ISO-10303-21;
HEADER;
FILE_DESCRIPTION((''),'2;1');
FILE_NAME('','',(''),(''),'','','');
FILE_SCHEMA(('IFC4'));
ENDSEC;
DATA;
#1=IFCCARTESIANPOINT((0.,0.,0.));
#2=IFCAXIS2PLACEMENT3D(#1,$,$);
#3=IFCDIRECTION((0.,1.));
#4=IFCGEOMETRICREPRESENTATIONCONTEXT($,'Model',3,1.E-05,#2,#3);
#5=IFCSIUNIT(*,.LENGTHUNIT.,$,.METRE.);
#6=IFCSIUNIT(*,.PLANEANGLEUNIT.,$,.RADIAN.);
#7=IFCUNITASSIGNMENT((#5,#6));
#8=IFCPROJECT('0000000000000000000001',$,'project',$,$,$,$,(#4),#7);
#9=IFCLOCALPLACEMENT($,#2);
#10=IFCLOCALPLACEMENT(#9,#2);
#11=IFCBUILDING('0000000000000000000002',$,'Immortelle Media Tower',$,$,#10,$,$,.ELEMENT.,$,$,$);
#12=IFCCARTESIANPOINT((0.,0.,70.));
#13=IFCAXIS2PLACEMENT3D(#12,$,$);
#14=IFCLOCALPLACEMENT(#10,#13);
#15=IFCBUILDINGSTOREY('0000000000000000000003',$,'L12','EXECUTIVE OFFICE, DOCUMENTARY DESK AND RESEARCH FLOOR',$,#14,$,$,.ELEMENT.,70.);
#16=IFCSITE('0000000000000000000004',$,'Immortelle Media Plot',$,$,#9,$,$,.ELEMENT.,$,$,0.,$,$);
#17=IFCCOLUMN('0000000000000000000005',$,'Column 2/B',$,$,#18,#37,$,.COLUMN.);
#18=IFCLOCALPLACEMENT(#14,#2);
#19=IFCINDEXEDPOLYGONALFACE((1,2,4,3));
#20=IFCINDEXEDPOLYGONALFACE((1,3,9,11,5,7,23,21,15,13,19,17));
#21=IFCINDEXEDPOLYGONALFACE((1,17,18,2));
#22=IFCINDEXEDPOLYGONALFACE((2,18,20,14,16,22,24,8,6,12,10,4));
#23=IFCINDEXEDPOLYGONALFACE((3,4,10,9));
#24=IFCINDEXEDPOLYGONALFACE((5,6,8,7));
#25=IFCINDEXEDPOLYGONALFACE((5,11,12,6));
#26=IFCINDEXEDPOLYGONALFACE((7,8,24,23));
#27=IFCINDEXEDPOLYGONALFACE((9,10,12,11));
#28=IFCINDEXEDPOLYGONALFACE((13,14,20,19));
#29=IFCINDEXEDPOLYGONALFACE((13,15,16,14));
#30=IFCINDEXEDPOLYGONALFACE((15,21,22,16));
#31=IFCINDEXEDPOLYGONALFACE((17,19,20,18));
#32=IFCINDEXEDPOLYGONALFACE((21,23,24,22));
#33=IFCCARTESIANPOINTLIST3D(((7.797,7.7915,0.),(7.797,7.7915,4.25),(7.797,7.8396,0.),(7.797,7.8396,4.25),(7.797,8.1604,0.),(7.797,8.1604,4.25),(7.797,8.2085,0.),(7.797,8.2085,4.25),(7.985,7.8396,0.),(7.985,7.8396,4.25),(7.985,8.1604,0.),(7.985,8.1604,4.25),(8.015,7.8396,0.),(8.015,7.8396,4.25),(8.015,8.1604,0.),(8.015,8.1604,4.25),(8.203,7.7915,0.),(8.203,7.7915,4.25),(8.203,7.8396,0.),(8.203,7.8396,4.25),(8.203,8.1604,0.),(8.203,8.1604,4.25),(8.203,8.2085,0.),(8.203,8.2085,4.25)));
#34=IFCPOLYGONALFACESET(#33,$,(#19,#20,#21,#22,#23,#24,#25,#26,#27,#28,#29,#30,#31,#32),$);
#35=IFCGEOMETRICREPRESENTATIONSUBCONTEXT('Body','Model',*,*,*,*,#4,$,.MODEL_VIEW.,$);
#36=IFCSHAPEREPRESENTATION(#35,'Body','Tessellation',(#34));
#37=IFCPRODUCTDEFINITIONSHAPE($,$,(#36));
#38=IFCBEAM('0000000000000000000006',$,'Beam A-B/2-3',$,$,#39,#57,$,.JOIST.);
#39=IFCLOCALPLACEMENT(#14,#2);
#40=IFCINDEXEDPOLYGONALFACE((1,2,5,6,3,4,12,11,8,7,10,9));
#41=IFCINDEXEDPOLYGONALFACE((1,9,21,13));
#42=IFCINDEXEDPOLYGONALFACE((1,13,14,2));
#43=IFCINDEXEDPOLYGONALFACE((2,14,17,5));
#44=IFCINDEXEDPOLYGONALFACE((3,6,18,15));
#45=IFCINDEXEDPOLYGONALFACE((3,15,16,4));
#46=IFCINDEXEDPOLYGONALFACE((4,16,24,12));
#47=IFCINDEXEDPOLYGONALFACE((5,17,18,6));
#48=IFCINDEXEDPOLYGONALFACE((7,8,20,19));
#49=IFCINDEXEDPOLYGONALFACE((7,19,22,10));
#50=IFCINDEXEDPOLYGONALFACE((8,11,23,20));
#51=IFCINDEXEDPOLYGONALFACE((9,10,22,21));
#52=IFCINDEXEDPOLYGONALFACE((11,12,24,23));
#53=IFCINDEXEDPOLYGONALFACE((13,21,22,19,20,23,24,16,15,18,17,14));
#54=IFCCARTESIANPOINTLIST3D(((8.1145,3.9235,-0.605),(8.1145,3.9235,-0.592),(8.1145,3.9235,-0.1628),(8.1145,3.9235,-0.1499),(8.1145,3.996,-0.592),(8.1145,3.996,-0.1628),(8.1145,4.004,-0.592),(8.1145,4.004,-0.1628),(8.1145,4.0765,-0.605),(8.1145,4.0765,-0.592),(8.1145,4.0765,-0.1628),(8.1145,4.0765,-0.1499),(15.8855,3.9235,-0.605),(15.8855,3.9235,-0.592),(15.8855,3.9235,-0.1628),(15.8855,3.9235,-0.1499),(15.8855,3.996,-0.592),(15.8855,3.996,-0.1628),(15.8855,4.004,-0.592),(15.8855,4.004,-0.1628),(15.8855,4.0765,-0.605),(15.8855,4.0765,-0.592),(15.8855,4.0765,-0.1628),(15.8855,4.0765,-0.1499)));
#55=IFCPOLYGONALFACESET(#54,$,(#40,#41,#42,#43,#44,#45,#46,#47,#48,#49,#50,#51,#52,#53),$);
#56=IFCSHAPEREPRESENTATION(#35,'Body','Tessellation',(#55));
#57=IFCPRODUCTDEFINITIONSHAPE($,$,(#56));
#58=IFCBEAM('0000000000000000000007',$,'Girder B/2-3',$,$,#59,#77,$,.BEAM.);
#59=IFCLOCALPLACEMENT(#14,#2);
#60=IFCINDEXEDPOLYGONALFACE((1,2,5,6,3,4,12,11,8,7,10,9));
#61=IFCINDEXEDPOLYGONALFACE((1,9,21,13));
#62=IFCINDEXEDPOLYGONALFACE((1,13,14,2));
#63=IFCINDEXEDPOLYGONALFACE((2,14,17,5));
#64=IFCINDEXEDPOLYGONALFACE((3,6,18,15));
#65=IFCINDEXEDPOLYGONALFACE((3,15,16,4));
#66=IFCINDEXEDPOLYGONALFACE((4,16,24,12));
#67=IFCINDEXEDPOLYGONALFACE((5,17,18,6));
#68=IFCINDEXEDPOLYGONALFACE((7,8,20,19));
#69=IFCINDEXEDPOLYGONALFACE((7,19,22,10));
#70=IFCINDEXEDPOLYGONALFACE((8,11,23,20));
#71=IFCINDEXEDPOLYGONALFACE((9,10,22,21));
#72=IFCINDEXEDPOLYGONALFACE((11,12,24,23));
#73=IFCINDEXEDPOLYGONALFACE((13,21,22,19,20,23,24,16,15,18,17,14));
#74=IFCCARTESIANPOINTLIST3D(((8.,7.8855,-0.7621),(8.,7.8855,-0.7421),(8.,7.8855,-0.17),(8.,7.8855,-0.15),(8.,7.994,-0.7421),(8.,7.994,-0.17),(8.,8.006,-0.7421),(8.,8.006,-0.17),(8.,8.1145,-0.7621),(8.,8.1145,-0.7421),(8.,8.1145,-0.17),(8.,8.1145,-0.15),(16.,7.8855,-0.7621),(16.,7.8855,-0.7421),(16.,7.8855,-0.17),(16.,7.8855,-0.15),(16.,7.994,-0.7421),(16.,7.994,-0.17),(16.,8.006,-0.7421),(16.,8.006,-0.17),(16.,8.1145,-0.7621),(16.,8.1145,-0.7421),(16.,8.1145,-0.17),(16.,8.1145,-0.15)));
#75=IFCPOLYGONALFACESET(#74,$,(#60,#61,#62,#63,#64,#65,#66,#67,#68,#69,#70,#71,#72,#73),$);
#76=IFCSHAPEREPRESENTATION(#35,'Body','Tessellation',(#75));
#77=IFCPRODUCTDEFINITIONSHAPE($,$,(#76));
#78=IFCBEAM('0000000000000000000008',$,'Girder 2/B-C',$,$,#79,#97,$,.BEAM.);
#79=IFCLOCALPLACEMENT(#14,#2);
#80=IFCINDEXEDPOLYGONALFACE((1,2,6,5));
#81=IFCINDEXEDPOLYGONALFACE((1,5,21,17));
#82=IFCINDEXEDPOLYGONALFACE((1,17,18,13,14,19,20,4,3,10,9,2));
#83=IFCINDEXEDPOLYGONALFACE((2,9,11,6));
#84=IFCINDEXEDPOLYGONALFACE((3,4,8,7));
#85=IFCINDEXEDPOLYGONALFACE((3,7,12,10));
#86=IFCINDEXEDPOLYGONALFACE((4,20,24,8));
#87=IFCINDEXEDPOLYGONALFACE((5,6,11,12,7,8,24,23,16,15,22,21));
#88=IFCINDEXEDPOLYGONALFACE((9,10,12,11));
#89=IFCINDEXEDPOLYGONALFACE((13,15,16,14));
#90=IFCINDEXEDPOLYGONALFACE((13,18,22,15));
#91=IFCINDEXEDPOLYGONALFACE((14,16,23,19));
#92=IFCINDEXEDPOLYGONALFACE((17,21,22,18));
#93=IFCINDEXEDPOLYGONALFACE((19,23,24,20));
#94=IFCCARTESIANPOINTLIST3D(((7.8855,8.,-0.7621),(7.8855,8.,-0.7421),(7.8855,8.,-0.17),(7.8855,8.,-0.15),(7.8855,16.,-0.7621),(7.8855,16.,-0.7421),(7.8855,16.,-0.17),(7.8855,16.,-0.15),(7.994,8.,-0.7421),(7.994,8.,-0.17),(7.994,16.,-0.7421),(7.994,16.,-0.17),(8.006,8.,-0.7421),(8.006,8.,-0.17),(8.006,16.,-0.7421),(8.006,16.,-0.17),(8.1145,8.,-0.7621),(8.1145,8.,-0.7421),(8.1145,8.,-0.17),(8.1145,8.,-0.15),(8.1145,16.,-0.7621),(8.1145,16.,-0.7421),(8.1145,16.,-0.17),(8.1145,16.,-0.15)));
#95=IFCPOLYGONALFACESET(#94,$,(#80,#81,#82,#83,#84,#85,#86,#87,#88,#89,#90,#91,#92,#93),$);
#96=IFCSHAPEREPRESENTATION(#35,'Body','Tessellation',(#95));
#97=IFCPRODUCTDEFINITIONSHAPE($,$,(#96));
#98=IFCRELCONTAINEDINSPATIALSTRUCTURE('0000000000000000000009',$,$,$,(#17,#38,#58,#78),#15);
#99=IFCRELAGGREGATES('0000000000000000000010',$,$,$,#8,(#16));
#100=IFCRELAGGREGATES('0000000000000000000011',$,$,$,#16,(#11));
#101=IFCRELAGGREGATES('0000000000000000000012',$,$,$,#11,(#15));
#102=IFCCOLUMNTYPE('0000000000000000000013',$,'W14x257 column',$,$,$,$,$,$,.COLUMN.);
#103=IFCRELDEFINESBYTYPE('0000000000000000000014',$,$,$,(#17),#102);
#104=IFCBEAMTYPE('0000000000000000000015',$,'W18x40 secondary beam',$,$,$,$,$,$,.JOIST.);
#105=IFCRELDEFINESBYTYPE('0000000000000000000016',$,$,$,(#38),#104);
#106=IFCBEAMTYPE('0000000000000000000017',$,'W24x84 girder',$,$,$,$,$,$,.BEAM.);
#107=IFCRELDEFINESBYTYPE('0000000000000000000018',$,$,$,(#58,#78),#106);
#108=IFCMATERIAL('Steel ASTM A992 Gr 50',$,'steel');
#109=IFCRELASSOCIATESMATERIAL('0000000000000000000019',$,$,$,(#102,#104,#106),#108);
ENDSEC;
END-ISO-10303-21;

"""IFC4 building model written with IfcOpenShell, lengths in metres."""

from ifc_helpers import new_model, si_unit, direction, frame, origin, origin_2d, place, context, subcontext, project, spatial, i_section, extrude, material, material_profile, profile_set, type_object, element, save


model = new_model("IFC4")

# Units and contexts
model_context = context("Model", 3, precision=1e-05, world=origin(), true_north=direction((0.0, 1.0)))
body_context = subcontext(model_context, "Body", "Model", "MODEL_VIEW")
ifc_project = project(units=[si_unit("LENGTHUNIT", "METRE"), si_unit("PLANEANGLEUNIT", "RADIAN")], contexts=[model_context])

# Site, building, storey
site_placement = place(None, origin())
site = spatial("IfcSite", under=ifc_project, at=site_placement, Name="Immortelle Media Plot", CompositionType="ELEMENT", RefElevation=0.0)
building_placement = place(site_placement, origin())
building = spatial("IfcBuilding", under=site, at=building_placement, Name="Immortelle Media Tower", CompositionType="ELEMENT")
storey_placement = place(building_placement, frame((0.0, 0.0, 70.0)))
storey = spatial("IfcBuildingStorey", under=building, at=storey_placement, Name="L12", Description="EXECUTIVE OFFICE, DOCUMENTARY DESK AND RESEARCH FLOOR", CompositionType="ELEMENT", Elevation=70.0)

# Column
ifc_material_1 = material(Name="Steel ASTM A992 Gr 50", Category="steel")
ifc_material_profile_1 = material_profile(ifc_material_1, i_section(OverallWidth=0.406, OverallDepth=0.417, WebThickness=0.03, FlangeThickness=0.0481, at=origin_2d()), Name="W14x257")
ifc_profile_set_1 = profile_set([ifc_material_profile_1], Name="Steel ASTM A992 Gr 50")
column_type = type_object("IfcColumnType", Name="W14x257 column", PredefinedType="COLUMN", material=ifc_profile_set_1)
column_placement = place(storey_placement, frame((8.0, 8.0, 0.0), z_axis=(0.0, 0.0, 1.0), x_axis=(1.0, 0.0, 0.0)))
element("IfcColumn", 1, at=column_placement, inside=storey, type_object=column_type, Name="Column 2/B", PredefinedType="COLUMN", context=body_context, shape_type="SweptSolid", body=[
    extrude(i_section(OverallWidth=0.406, OverallDepth=0.417, WebThickness=0.03, FlangeThickness=0.0481, at=origin_2d()), origin(), (0.0, 0.0, 1.0), 4.25),
])

# Beams
ifc_material_profile_2 = material_profile(ifc_material_1, i_section(OverallWidth=0.1531, OverallDepth=0.4551, WebThickness=0.0081, FlangeThickness=0.0129, at=origin_2d()), Name="W18x40")
ifc_profile_set_2 = profile_set([ifc_material_profile_2], Name="Steel ASTM A992 Gr 50")
beam_type_1 = type_object("IfcBeamType", Name="W18x40 secondary beam", PredefinedType="JOIST", material=ifc_profile_set_2)
beam_placement = place(storey_placement, frame((8.1145, 4.0, -0.3774), z_axis=(1.0, 0.0, 0.0), x_axis=(0.0, 1.0, 0.0)))
element("IfcBeam", 2, at=beam_placement, inside=storey, type_object=beam_type_1, Name="Beam A-B/2-3", PredefinedType="JOIST", context=body_context, shape_type="SweptSolid", body=[
    extrude(i_section(OverallWidth=0.1531, OverallDepth=0.4551, WebThickness=0.0081, FlangeThickness=0.0129, at=origin_2d()), origin(), (0.0, 0.0, 1.0), 7.771),
])
ifc_material_profile_3 = material_profile(ifc_material_1, i_section(OverallWidth=0.229, OverallDepth=0.6121, WebThickness=0.012, FlangeThickness=0.02, at=origin_2d()), Name="W24x84")
ifc_profile_set_3 = profile_set([ifc_material_profile_3], Name="Steel ASTM A992 Gr 50")
beam_type_2 = type_object("IfcBeamType", Name="W24x84 girder", PredefinedType="BEAM", material=ifc_profile_set_3)
for number, where, z_axis, x_axis, name in (
    (3, (8.0, 8.0, -0.4561), (1.0, 0.0, 0.0), (0.0, 1.0, 0.0), "Girder B/2-3"),
    (4, (8.0, 8.0, -0.4561), (0.0, 1.0, 0.0), (-1.0, 0.0, 0.0), "Girder 2/B-C"),
):
    element("IfcBeam", number, at=place(storey_placement, frame(where, z_axis=z_axis, x_axis=x_axis)), inside=storey, type_object=beam_type_2, Name=name, PredefinedType="BEAM", context=body_context, shape_type="SweptSolid", body=[
        extrude(i_section(OverallWidth=0.229, OverallDepth=0.6121, WebThickness=0.012, FlangeThickness=0.02, at=origin_2d()), origin(), (0.0, 0.0, 1.0), 8.0),
    ])

save(model, "model.ifc")
